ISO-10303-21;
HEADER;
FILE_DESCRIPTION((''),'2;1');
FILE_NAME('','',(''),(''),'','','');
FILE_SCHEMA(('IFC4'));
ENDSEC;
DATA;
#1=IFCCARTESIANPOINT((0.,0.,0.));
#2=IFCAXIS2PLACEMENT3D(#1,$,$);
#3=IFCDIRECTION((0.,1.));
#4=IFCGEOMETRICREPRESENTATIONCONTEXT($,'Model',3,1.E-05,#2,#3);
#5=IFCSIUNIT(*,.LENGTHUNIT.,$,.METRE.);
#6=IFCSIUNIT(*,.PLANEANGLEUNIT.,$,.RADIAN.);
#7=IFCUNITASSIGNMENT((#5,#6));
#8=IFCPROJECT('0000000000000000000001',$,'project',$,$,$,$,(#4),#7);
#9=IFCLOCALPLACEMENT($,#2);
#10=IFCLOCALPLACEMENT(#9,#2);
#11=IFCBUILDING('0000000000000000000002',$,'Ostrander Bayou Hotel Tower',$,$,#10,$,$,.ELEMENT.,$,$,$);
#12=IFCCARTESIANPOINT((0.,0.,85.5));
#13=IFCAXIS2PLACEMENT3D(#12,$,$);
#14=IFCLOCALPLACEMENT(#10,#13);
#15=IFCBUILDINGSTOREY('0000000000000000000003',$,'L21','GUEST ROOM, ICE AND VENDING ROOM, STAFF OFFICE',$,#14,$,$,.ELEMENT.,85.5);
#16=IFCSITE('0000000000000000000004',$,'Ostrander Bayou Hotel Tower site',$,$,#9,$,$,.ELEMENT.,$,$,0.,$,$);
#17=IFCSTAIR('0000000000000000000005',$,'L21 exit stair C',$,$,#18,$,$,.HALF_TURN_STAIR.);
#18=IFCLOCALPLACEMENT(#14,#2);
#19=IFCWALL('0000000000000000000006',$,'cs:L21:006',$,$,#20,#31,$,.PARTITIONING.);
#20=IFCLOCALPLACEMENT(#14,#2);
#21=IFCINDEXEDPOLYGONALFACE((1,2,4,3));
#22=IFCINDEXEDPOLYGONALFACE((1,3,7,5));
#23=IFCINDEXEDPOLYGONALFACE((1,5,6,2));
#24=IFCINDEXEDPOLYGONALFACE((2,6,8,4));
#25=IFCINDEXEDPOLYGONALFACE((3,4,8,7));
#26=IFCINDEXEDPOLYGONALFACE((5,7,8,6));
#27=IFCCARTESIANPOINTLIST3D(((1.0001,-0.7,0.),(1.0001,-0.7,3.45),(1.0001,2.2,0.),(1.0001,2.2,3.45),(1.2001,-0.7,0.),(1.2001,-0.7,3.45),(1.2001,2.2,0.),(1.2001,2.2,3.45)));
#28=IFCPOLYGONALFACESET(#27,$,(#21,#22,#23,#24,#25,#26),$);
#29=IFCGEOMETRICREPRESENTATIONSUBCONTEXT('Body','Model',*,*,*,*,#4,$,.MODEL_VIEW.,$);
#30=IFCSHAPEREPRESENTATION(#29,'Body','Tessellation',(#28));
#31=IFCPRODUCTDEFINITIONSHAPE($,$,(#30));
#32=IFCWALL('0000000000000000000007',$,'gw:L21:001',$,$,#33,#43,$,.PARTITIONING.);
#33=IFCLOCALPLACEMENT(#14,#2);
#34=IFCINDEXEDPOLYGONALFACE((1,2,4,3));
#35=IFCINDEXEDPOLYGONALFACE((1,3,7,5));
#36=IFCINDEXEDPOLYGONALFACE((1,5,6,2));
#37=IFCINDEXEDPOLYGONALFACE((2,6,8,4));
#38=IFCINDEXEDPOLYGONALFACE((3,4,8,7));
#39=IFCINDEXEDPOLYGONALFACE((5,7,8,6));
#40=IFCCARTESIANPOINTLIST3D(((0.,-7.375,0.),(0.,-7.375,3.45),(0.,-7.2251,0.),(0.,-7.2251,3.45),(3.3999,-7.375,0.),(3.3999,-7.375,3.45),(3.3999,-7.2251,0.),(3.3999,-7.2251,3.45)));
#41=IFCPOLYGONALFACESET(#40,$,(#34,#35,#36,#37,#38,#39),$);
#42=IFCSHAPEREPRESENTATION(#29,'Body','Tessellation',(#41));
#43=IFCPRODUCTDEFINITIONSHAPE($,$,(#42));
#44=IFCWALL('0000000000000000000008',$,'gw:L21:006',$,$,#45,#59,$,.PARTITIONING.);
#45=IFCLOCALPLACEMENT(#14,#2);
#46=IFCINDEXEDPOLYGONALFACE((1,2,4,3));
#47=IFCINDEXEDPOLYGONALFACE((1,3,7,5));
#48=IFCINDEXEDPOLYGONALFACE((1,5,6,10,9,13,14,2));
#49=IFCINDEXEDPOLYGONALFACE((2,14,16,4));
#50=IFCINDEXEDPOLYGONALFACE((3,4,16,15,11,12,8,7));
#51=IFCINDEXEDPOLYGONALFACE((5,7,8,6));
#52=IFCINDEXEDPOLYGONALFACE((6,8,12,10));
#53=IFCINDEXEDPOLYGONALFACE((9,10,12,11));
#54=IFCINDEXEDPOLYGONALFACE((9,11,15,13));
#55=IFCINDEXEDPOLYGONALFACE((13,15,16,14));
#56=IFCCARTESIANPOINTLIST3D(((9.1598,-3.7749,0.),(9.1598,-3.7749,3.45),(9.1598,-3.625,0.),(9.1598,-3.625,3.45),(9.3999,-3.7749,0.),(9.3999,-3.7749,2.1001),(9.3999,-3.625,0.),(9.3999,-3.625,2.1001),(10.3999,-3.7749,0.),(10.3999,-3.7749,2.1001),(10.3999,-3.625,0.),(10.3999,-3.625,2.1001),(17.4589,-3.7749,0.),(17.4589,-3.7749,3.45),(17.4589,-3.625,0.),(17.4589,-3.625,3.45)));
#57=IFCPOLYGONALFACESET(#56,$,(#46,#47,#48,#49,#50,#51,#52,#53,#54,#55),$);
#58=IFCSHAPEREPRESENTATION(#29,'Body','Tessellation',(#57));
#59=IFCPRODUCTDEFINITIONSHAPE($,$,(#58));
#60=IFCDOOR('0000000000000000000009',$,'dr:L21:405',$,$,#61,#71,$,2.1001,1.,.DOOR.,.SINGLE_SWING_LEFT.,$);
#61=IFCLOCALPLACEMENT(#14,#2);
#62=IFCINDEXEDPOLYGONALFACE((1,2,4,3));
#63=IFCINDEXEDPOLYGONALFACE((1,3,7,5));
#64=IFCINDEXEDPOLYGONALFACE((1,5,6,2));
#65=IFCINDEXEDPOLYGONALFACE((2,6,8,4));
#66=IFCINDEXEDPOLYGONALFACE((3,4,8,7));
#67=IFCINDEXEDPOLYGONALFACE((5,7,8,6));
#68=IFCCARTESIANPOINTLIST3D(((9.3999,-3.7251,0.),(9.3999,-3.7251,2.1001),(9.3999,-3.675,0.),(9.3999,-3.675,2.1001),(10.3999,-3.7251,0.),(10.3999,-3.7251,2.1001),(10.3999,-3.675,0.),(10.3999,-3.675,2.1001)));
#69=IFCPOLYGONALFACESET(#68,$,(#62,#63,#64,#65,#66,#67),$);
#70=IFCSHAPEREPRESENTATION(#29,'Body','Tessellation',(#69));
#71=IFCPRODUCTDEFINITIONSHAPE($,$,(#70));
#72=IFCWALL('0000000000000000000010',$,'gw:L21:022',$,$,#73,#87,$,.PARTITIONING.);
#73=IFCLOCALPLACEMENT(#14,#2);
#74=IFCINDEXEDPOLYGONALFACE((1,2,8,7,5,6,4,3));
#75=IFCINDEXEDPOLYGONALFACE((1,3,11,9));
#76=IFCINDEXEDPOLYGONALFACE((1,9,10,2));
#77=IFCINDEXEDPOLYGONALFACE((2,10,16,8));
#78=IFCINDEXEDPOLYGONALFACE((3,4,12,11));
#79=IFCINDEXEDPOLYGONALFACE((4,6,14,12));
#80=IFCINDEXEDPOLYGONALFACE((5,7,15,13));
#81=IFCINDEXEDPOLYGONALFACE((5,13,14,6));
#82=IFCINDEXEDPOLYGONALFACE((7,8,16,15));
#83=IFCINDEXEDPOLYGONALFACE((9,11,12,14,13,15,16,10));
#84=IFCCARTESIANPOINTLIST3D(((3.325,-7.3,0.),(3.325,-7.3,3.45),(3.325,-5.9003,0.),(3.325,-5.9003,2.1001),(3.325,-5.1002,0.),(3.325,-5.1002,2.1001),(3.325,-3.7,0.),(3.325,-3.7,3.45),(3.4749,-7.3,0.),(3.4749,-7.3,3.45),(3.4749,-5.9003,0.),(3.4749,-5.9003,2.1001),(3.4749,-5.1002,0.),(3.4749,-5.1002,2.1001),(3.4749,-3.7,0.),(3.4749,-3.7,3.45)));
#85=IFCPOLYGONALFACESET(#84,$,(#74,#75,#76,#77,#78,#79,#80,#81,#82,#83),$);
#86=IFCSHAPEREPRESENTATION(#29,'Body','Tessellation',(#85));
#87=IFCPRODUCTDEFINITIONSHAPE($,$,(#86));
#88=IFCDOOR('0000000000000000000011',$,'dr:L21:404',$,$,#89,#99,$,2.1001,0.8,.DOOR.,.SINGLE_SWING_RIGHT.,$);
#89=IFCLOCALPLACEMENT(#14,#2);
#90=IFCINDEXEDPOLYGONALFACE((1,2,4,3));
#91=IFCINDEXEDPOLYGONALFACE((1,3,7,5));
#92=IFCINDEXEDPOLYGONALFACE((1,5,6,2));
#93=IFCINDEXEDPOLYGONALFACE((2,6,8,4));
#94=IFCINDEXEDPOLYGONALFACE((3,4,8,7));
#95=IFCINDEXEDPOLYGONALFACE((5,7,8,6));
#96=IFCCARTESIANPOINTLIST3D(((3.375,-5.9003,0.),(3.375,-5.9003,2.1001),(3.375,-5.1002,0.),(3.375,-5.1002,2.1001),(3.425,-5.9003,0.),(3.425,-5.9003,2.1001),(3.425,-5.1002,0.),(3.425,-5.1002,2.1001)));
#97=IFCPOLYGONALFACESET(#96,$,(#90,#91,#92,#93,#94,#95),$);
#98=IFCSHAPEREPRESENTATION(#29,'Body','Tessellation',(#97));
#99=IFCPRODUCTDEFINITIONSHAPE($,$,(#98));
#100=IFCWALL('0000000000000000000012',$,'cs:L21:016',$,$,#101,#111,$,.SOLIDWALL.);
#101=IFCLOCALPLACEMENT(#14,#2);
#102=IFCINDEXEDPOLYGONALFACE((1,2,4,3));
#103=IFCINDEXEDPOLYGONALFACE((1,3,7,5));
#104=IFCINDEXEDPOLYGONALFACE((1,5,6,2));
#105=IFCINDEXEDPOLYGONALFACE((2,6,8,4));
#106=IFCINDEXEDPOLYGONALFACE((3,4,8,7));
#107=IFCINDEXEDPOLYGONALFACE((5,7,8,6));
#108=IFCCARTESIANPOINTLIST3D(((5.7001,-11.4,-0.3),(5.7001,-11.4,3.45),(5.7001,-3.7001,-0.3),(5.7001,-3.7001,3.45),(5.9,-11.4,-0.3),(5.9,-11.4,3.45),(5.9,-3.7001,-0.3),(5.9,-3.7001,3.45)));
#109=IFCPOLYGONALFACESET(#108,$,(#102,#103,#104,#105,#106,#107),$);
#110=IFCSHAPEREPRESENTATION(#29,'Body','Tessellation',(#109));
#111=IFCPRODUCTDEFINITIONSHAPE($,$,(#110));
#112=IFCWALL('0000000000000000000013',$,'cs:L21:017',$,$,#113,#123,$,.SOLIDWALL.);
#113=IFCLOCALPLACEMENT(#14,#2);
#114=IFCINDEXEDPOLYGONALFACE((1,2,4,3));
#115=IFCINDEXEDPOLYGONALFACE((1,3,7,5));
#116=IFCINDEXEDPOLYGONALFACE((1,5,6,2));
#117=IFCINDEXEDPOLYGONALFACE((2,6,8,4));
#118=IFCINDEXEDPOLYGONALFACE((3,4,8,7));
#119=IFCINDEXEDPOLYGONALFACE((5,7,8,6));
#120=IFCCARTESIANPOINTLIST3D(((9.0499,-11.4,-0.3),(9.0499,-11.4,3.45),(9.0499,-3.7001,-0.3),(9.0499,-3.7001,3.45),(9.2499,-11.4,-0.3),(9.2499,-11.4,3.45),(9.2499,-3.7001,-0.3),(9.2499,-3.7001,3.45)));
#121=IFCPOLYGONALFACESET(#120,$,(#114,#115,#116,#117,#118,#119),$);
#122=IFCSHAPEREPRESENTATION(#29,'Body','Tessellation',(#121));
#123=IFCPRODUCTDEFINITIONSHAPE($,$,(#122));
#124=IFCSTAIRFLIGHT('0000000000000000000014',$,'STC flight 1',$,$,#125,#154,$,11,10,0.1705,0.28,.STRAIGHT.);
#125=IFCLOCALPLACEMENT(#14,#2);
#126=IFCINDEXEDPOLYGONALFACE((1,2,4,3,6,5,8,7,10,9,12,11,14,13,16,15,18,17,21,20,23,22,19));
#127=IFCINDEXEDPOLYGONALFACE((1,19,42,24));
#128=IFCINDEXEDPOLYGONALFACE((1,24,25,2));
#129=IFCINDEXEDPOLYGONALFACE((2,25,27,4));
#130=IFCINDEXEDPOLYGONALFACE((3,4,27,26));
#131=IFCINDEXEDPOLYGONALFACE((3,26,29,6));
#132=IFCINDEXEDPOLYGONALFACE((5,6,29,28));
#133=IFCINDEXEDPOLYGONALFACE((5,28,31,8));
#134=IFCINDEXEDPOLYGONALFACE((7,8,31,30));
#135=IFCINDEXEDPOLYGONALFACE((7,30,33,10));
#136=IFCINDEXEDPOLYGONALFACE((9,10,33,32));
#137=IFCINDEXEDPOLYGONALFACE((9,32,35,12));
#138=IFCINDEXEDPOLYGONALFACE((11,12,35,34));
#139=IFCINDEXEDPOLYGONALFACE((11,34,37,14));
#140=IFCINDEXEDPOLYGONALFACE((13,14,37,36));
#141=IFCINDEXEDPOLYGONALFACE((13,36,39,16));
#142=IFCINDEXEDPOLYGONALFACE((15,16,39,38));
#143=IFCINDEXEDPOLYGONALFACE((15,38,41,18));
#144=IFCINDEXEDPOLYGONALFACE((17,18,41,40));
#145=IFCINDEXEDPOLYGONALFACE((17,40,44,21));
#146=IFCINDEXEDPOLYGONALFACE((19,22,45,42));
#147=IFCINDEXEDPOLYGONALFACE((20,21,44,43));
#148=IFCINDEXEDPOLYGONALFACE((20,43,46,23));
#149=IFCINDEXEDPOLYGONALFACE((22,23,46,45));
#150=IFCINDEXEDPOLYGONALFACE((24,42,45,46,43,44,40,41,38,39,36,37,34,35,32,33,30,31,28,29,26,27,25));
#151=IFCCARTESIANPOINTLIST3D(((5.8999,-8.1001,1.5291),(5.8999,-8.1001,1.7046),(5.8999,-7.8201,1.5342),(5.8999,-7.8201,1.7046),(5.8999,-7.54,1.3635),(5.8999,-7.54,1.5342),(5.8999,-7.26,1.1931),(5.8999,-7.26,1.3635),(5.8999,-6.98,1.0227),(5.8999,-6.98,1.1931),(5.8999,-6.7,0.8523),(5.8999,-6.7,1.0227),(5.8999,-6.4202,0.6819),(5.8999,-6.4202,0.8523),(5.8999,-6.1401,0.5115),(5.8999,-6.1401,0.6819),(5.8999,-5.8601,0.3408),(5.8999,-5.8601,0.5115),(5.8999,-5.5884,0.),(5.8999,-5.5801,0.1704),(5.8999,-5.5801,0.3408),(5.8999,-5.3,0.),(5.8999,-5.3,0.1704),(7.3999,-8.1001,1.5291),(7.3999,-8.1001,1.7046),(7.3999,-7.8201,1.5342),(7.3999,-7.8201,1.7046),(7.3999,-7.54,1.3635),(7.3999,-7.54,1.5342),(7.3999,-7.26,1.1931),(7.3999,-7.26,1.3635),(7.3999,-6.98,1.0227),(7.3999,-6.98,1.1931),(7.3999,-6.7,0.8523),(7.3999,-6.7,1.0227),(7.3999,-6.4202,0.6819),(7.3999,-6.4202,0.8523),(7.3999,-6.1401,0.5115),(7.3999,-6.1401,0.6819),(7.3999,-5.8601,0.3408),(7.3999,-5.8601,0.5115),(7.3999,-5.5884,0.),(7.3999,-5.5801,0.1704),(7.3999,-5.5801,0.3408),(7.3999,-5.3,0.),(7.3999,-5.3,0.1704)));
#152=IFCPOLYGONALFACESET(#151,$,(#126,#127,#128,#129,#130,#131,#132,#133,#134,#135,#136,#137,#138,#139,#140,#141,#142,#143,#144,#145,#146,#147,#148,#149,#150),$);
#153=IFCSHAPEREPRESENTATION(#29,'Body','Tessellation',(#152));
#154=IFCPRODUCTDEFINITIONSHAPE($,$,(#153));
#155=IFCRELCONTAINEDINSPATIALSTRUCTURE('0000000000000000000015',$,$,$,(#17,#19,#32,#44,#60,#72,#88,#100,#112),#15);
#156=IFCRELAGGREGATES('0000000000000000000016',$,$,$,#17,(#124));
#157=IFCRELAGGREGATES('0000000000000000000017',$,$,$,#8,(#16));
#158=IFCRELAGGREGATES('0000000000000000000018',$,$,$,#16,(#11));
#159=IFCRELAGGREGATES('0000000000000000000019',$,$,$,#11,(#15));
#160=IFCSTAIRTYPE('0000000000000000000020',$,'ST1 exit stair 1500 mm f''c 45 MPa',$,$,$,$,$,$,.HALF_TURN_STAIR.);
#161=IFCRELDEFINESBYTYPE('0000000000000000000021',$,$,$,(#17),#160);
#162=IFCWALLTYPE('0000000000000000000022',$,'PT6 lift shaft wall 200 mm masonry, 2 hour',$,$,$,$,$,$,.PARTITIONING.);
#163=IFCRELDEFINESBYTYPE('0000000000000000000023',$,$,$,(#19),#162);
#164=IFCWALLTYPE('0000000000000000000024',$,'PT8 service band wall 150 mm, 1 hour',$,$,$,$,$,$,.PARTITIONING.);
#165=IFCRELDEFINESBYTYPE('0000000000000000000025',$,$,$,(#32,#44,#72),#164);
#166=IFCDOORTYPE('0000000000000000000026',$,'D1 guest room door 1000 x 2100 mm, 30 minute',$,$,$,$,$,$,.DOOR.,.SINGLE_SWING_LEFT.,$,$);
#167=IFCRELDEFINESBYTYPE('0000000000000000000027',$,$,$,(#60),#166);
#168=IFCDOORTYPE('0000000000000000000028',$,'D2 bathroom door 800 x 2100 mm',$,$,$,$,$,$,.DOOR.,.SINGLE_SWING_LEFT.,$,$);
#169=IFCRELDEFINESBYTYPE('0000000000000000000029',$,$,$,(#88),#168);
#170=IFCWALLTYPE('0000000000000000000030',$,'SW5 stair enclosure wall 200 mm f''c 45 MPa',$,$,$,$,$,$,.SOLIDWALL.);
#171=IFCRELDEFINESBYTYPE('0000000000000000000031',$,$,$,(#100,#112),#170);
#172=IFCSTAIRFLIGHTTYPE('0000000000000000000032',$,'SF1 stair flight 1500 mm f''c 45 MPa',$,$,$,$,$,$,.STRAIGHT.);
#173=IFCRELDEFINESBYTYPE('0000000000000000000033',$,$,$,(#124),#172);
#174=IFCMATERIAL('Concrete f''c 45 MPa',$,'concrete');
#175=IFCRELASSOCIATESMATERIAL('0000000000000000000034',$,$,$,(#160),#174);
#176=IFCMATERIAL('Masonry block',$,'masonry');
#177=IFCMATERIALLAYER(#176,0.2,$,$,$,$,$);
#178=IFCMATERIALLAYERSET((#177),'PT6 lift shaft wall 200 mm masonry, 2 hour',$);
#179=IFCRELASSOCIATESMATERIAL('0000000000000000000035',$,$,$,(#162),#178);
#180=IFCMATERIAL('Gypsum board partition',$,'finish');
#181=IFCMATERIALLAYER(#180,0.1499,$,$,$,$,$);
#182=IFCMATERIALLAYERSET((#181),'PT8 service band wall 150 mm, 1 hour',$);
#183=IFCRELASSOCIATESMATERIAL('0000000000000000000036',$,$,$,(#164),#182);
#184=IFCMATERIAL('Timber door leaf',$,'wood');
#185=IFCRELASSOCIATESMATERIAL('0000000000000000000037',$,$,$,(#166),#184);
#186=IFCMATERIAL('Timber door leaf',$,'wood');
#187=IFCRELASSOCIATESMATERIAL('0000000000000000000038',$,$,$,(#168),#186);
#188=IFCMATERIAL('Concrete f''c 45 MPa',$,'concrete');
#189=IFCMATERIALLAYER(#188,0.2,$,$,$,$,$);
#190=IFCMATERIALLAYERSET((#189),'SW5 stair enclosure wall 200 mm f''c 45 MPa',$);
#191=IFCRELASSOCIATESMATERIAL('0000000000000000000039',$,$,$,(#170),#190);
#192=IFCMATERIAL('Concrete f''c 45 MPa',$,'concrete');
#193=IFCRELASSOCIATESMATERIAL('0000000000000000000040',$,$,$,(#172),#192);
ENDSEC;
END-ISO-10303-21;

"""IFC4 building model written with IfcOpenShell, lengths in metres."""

from ifc_helpers import new_model, si_unit, direction, frame, frame_2d, origin, place, context, subcontext, project, spatial, polyline, rectangle, outline, extrude, material, layer, layer_set, type_object, element, fill, aggregate, save


model = new_model("IFC4")

# Units and contexts
model_context = context("Model", 3, precision=1e-05, world=origin(), true_north=direction((0.0, 1.0)))
body_context = subcontext(model_context, "Body", "Model", "MODEL_VIEW")
ifc_project = project(units=[si_unit("LENGTHUNIT", "METRE"), si_unit("PLANEANGLEUNIT", "RADIAN")], contexts=[model_context])

# Site, building, storey
site_placement = place(None, origin())
site = spatial("IfcSite", under=ifc_project, at=site_placement, Name="Ostrander Bayou Hotel Tower site", CompositionType="ELEMENT", RefElevation=0.0)
building_placement = place(site_placement, origin())
building = spatial("IfcBuilding", under=site, at=building_placement, Name="Ostrander Bayou Hotel Tower", CompositionType="ELEMENT")
storey_placement = place(building_placement, frame((0.0, 0.0, 85.5)))
storey = spatial("IfcBuildingStorey", under=building, at=storey_placement, Name="L21", Description="GUEST ROOM, ICE AND VENDING ROOM, STAFF OFFICE", CompositionType="ELEMENT", Elevation=85.5)

# Stair
ifc_material_1 = material(Name="Concrete f'c 45 MPa", Category="concrete")
stair_type = type_object("IfcStairType", Name="ST1 exit stair 1500 mm f'c 45 MPa", PredefinedType="HALF_TURN_STAIR", material=ifc_material_1)
stair_1_placement = place(storey_placement, origin())
stair_1 = element("IfcStair", 1, at=stair_1_placement, inside=storey, type_object=stair_type, Name="L21 exit stair C", PredefinedType="HALF_TURN_STAIR")

# Walls
ifc_material_2 = material(Name="Masonry block", Category="masonry")
ifc_layer_1 = layer(ifc_material_2, 0.2)
ifc_layer_set_1 = layer_set([ifc_layer_1], Name="PT6 lift shaft wall 200 mm masonry, 2 hour")
wall_type_1 = type_object("IfcWallType", Name="PT6 lift shaft wall 200 mm masonry, 2 hour", PredefinedType="PARTITIONING", material=ifc_layer_set_1)
wall_1_placement = place(storey_placement, frame((1.1001, -0.7, 0.0), z_axis=(0.0, 0.0, 1.0), x_axis=(0.0, 1.0, 0.0)))
element("IfcWall", 2, at=wall_1_placement, inside=storey, type_object=wall_type_1, Name="cs:L21:006", PredefinedType="PARTITIONING", context=body_context, shape_type="SweptSolid", body=[
    extrude(rectangle(XDim=2.8999, YDim=0.2, at=frame_2d((1.45, 0.0))), origin(), (0.0, 0.0, 1.0), 3.45),
])
ifc_material_3 = material(Name="Gypsum board partition", Category="finish")
ifc_layer_2 = layer(ifc_material_3, 0.1499)
ifc_layer_set_2 = layer_set([ifc_layer_2], Name="PT8 service band wall 150 mm, 1 hour")
wall_type_2 = type_object("IfcWallType", Name="PT8 service band wall 150 mm, 1 hour", PredefinedType="PARTITIONING", material=ifc_layer_set_2)
wall_2_placement = place(storey_placement, frame((0.0, -7.3, 0.0), z_axis=(0.0, 0.0, 1.0), x_axis=(1.0, 0.0, 0.0)))
element("IfcWall", 3, at=wall_2_placement, inside=storey, type_object=wall_type_2, Name="gw:L21:001", PredefinedType="PARTITIONING", context=body_context, shape_type="SweptSolid", body=[
    extrude(rectangle(XDim=3.3999, YDim=0.1499, at=frame_2d((1.7, 0.0))), origin(), (0.0, 0.0, 1.0), 3.45),
])

# Walls, openings, doors
wall_3_placement = place(storey_placement, frame((9.1599, -3.7, 0.0), z_axis=(0.0, 0.0, 1.0), x_axis=(1.0, 0.0, 0.0)))
wall_3 = element("IfcWall", 4, at=wall_3_placement, inside=storey, type_object=wall_type_2, Name="gw:L21:006", PredefinedType="PARTITIONING", context=body_context, shape_type="SweptSolid", body=[
    extrude(rectangle(XDim=8.2991, YDim=0.1499, at=frame_2d((4.1494, 0.0))), origin(), (0.0, 0.0, 1.0), 3.45),
])
opening_1_placement = place(wall_3_placement, frame((0.24, 0.0, 0.0)))
opening_1 = element("IfcOpeningElement", 5, at=opening_1_placement, cuts=wall_3, PredefinedType="OPENING", context=body_context, shape_type="SweptSolid", body=[
    extrude(rectangle(XDim=1.0, YDim=2.1001, at=frame_2d((0.5, 1.05))), frame((0.0, 0.075, 0.0), z_axis=(0.0, -1.0, 0.0), x_axis=(1.0, 0.0, 0.0)), (0.0, 0.0, 1.0), 0.1499),
])
ifc_material_4 = material(Name="Timber door leaf", Category="wood")
door_type_1 = type_object("IfcDoorType", Name="D1 guest room door 1000 x 2100 mm, 30 minute", OperationType="SINGLE_SWING_LEFT", PredefinedType="DOOR", material=ifc_material_4)
door_1_placement = place(opening_1_placement, origin())
door_1 = element("IfcDoor", 6, at=door_1_placement, inside=storey, type_object=door_type_1, Name="dr:L21:405", OperationType="SINGLE_SWING_LEFT", OverallHeight=2.1001, OverallWidth=1.0, PredefinedType="DOOR", context=body_context, shape_type="SweptSolid", body=[
    extrude(rectangle(XDim=1.0, YDim=2.1001, at=frame_2d((0.5, 1.05))), frame((0.0, 0.0249, 0.0), z_axis=(0.0, -1.0, 0.0), x_axis=(1.0, 0.0, 0.0)), (0.0, 0.0, 1.0), 0.05),
])
fill(opening_1, door_1)
wall_4_placement = place(storey_placement, frame((3.3999, -7.3, 0.0), z_axis=(0.0, 0.0, 1.0), x_axis=(0.0, 1.0, 0.0)))
wall_4 = element("IfcWall", 7, at=wall_4_placement, inside=storey, type_object=wall_type_2, Name="gw:L21:022", PredefinedType="PARTITIONING", context=body_context, shape_type="SweptSolid", body=[
    extrude(rectangle(XDim=3.6001, YDim=0.1499, at=frame_2d((1.8, 0.0))), origin(), (0.0, 0.0, 1.0), 3.45),
])
opening_2_placement = place(wall_4_placement, frame((1.3999, 0.0, 0.0)))
opening_2 = element("IfcOpeningElement", 8, at=opening_2_placement, cuts=wall_4, PredefinedType="OPENING", context=body_context, shape_type="SweptSolid", body=[
    extrude(rectangle(XDim=0.8, YDim=2.1001, at=frame_2d((0.3999, 1.05))), frame((0.0, 0.075, 0.0), z_axis=(0.0, -1.0, 0.0), x_axis=(1.0, 0.0, 0.0)), (0.0, 0.0, 1.0), 0.1499),
])
ifc_material_5 = material(Name="Timber door leaf", Category="wood")
door_type_2 = type_object("IfcDoorType", Name="D2 bathroom door 800 x 2100 mm", OperationType="SINGLE_SWING_LEFT", PredefinedType="DOOR", material=ifc_material_5)
door_2_placement = place(opening_2_placement, origin())
door_2 = element("IfcDoor", 9, at=door_2_placement, inside=storey, type_object=door_type_2, Name="dr:L21:404", OperationType="SINGLE_SWING_RIGHT", OverallHeight=2.1001, OverallWidth=0.8, PredefinedType="DOOR", context=body_context, shape_type="SweptSolid", body=[
    extrude(rectangle(XDim=0.8, YDim=2.1001, at=frame_2d((0.3999, 1.05))), frame((0.0, 0.0249, 0.0), z_axis=(0.0, -1.0, 0.0), x_axis=(1.0, 0.0, 0.0)), (0.0, 0.0, 1.0), 0.05),
])
fill(opening_2, door_2)
ifc_material_6 = material(Name="Concrete f'c 45 MPa", Category="concrete")
ifc_layer_3 = layer(ifc_material_6, 0.2)
ifc_layer_set_3 = layer_set([ifc_layer_3], Name="SW5 stair enclosure wall 200 mm f'c 45 MPa")
wall_type_3 = type_object("IfcWallType", Name="SW5 stair enclosure wall 200 mm f'c 45 MPa", PredefinedType="SOLIDWALL", material=ifc_layer_set_3)

# Walls
for number, where, z_axis, x_axis, name in (
    (10, (5.8, -3.7, -0.3), (0.0, 0.0, 1.0), (0.0, -1.0, 0.0), "cs:L21:016"),
    (11, (9.1499, -3.7, -0.3), (0.0, 0.0, 1.0), (0.0, -1.0, 0.0), "cs:L21:017"),
):
    element("IfcWall", number, at=place(storey_placement, frame(where, z_axis=z_axis, x_axis=x_axis)), inside=storey, type_object=wall_type_3, Name=name, PredefinedType="SOLIDWALL", context=body_context, shape_type="SweptSolid", body=[
        extrude(rectangle(XDim=7.7, YDim=0.2, at=frame_2d((3.8501, 0.0))), origin(), (0.0, 0.0, 1.0), 3.75),
    ])

# Stair flight
ifc_material_7 = material(Name="Concrete f'c 45 MPa", Category="concrete")
stair_flight_type = type_object("IfcStairFlightType", Name="SF1 stair flight 1500 mm f'c 45 MPa", PredefinedType="STRAIGHT", material=ifc_material_7)
stair_flight_placement = place(storey_placement, frame((6.6499, -5.3, 0.0), z_axis=(0.0, 0.0, 1.0), x_axis=(0.0, -1.0, 0.0)))
stair_flight = element("IfcStairFlight", 12, at=stair_flight_placement, type_object=stair_flight_type, Name="STC flight 1", NumberOfRisers=11, NumberOfTreads=10, PredefinedType="STRAIGHT", RiserHeight=0.1705, TreadLength=0.28, context=body_context, shape_type="SweptSolid", body=[
    extrude(outline(polyline([(0.0, 0.0), (0.0, 0.1704), (0.28, 0.1704), (0.28, 0.3408), (0.5601, 0.3408), (0.5601, 0.5115), (0.8401, 0.5115), (0.8401, 0.6819), (1.1201, 0.6819), (1.1201, 0.8523), (1.3999, 0.8523), (1.3999, 1.0227), (1.6799, 1.0227), (1.6799, 1.1931), (1.96, 1.1931), (1.96, 1.3635), (2.24, 1.3635), (2.24, 1.5342), (2.52, 1.5342), (2.52, 1.7046), (2.8, 1.7046), (2.8, 1.875), (2.8, 1.5291), (0.2883, 0.0), (0.0, 0.0)])), frame((0.0, 0.75, 0.0), z_axis=(0.0, -1.0, 0.0), x_axis=(1.0, 0.0, 0.0)), (0.0, 0.0, 1.0), 1.5),
])
aggregate(stair_1, [stair_flight])

save(model, "model.ifc")
